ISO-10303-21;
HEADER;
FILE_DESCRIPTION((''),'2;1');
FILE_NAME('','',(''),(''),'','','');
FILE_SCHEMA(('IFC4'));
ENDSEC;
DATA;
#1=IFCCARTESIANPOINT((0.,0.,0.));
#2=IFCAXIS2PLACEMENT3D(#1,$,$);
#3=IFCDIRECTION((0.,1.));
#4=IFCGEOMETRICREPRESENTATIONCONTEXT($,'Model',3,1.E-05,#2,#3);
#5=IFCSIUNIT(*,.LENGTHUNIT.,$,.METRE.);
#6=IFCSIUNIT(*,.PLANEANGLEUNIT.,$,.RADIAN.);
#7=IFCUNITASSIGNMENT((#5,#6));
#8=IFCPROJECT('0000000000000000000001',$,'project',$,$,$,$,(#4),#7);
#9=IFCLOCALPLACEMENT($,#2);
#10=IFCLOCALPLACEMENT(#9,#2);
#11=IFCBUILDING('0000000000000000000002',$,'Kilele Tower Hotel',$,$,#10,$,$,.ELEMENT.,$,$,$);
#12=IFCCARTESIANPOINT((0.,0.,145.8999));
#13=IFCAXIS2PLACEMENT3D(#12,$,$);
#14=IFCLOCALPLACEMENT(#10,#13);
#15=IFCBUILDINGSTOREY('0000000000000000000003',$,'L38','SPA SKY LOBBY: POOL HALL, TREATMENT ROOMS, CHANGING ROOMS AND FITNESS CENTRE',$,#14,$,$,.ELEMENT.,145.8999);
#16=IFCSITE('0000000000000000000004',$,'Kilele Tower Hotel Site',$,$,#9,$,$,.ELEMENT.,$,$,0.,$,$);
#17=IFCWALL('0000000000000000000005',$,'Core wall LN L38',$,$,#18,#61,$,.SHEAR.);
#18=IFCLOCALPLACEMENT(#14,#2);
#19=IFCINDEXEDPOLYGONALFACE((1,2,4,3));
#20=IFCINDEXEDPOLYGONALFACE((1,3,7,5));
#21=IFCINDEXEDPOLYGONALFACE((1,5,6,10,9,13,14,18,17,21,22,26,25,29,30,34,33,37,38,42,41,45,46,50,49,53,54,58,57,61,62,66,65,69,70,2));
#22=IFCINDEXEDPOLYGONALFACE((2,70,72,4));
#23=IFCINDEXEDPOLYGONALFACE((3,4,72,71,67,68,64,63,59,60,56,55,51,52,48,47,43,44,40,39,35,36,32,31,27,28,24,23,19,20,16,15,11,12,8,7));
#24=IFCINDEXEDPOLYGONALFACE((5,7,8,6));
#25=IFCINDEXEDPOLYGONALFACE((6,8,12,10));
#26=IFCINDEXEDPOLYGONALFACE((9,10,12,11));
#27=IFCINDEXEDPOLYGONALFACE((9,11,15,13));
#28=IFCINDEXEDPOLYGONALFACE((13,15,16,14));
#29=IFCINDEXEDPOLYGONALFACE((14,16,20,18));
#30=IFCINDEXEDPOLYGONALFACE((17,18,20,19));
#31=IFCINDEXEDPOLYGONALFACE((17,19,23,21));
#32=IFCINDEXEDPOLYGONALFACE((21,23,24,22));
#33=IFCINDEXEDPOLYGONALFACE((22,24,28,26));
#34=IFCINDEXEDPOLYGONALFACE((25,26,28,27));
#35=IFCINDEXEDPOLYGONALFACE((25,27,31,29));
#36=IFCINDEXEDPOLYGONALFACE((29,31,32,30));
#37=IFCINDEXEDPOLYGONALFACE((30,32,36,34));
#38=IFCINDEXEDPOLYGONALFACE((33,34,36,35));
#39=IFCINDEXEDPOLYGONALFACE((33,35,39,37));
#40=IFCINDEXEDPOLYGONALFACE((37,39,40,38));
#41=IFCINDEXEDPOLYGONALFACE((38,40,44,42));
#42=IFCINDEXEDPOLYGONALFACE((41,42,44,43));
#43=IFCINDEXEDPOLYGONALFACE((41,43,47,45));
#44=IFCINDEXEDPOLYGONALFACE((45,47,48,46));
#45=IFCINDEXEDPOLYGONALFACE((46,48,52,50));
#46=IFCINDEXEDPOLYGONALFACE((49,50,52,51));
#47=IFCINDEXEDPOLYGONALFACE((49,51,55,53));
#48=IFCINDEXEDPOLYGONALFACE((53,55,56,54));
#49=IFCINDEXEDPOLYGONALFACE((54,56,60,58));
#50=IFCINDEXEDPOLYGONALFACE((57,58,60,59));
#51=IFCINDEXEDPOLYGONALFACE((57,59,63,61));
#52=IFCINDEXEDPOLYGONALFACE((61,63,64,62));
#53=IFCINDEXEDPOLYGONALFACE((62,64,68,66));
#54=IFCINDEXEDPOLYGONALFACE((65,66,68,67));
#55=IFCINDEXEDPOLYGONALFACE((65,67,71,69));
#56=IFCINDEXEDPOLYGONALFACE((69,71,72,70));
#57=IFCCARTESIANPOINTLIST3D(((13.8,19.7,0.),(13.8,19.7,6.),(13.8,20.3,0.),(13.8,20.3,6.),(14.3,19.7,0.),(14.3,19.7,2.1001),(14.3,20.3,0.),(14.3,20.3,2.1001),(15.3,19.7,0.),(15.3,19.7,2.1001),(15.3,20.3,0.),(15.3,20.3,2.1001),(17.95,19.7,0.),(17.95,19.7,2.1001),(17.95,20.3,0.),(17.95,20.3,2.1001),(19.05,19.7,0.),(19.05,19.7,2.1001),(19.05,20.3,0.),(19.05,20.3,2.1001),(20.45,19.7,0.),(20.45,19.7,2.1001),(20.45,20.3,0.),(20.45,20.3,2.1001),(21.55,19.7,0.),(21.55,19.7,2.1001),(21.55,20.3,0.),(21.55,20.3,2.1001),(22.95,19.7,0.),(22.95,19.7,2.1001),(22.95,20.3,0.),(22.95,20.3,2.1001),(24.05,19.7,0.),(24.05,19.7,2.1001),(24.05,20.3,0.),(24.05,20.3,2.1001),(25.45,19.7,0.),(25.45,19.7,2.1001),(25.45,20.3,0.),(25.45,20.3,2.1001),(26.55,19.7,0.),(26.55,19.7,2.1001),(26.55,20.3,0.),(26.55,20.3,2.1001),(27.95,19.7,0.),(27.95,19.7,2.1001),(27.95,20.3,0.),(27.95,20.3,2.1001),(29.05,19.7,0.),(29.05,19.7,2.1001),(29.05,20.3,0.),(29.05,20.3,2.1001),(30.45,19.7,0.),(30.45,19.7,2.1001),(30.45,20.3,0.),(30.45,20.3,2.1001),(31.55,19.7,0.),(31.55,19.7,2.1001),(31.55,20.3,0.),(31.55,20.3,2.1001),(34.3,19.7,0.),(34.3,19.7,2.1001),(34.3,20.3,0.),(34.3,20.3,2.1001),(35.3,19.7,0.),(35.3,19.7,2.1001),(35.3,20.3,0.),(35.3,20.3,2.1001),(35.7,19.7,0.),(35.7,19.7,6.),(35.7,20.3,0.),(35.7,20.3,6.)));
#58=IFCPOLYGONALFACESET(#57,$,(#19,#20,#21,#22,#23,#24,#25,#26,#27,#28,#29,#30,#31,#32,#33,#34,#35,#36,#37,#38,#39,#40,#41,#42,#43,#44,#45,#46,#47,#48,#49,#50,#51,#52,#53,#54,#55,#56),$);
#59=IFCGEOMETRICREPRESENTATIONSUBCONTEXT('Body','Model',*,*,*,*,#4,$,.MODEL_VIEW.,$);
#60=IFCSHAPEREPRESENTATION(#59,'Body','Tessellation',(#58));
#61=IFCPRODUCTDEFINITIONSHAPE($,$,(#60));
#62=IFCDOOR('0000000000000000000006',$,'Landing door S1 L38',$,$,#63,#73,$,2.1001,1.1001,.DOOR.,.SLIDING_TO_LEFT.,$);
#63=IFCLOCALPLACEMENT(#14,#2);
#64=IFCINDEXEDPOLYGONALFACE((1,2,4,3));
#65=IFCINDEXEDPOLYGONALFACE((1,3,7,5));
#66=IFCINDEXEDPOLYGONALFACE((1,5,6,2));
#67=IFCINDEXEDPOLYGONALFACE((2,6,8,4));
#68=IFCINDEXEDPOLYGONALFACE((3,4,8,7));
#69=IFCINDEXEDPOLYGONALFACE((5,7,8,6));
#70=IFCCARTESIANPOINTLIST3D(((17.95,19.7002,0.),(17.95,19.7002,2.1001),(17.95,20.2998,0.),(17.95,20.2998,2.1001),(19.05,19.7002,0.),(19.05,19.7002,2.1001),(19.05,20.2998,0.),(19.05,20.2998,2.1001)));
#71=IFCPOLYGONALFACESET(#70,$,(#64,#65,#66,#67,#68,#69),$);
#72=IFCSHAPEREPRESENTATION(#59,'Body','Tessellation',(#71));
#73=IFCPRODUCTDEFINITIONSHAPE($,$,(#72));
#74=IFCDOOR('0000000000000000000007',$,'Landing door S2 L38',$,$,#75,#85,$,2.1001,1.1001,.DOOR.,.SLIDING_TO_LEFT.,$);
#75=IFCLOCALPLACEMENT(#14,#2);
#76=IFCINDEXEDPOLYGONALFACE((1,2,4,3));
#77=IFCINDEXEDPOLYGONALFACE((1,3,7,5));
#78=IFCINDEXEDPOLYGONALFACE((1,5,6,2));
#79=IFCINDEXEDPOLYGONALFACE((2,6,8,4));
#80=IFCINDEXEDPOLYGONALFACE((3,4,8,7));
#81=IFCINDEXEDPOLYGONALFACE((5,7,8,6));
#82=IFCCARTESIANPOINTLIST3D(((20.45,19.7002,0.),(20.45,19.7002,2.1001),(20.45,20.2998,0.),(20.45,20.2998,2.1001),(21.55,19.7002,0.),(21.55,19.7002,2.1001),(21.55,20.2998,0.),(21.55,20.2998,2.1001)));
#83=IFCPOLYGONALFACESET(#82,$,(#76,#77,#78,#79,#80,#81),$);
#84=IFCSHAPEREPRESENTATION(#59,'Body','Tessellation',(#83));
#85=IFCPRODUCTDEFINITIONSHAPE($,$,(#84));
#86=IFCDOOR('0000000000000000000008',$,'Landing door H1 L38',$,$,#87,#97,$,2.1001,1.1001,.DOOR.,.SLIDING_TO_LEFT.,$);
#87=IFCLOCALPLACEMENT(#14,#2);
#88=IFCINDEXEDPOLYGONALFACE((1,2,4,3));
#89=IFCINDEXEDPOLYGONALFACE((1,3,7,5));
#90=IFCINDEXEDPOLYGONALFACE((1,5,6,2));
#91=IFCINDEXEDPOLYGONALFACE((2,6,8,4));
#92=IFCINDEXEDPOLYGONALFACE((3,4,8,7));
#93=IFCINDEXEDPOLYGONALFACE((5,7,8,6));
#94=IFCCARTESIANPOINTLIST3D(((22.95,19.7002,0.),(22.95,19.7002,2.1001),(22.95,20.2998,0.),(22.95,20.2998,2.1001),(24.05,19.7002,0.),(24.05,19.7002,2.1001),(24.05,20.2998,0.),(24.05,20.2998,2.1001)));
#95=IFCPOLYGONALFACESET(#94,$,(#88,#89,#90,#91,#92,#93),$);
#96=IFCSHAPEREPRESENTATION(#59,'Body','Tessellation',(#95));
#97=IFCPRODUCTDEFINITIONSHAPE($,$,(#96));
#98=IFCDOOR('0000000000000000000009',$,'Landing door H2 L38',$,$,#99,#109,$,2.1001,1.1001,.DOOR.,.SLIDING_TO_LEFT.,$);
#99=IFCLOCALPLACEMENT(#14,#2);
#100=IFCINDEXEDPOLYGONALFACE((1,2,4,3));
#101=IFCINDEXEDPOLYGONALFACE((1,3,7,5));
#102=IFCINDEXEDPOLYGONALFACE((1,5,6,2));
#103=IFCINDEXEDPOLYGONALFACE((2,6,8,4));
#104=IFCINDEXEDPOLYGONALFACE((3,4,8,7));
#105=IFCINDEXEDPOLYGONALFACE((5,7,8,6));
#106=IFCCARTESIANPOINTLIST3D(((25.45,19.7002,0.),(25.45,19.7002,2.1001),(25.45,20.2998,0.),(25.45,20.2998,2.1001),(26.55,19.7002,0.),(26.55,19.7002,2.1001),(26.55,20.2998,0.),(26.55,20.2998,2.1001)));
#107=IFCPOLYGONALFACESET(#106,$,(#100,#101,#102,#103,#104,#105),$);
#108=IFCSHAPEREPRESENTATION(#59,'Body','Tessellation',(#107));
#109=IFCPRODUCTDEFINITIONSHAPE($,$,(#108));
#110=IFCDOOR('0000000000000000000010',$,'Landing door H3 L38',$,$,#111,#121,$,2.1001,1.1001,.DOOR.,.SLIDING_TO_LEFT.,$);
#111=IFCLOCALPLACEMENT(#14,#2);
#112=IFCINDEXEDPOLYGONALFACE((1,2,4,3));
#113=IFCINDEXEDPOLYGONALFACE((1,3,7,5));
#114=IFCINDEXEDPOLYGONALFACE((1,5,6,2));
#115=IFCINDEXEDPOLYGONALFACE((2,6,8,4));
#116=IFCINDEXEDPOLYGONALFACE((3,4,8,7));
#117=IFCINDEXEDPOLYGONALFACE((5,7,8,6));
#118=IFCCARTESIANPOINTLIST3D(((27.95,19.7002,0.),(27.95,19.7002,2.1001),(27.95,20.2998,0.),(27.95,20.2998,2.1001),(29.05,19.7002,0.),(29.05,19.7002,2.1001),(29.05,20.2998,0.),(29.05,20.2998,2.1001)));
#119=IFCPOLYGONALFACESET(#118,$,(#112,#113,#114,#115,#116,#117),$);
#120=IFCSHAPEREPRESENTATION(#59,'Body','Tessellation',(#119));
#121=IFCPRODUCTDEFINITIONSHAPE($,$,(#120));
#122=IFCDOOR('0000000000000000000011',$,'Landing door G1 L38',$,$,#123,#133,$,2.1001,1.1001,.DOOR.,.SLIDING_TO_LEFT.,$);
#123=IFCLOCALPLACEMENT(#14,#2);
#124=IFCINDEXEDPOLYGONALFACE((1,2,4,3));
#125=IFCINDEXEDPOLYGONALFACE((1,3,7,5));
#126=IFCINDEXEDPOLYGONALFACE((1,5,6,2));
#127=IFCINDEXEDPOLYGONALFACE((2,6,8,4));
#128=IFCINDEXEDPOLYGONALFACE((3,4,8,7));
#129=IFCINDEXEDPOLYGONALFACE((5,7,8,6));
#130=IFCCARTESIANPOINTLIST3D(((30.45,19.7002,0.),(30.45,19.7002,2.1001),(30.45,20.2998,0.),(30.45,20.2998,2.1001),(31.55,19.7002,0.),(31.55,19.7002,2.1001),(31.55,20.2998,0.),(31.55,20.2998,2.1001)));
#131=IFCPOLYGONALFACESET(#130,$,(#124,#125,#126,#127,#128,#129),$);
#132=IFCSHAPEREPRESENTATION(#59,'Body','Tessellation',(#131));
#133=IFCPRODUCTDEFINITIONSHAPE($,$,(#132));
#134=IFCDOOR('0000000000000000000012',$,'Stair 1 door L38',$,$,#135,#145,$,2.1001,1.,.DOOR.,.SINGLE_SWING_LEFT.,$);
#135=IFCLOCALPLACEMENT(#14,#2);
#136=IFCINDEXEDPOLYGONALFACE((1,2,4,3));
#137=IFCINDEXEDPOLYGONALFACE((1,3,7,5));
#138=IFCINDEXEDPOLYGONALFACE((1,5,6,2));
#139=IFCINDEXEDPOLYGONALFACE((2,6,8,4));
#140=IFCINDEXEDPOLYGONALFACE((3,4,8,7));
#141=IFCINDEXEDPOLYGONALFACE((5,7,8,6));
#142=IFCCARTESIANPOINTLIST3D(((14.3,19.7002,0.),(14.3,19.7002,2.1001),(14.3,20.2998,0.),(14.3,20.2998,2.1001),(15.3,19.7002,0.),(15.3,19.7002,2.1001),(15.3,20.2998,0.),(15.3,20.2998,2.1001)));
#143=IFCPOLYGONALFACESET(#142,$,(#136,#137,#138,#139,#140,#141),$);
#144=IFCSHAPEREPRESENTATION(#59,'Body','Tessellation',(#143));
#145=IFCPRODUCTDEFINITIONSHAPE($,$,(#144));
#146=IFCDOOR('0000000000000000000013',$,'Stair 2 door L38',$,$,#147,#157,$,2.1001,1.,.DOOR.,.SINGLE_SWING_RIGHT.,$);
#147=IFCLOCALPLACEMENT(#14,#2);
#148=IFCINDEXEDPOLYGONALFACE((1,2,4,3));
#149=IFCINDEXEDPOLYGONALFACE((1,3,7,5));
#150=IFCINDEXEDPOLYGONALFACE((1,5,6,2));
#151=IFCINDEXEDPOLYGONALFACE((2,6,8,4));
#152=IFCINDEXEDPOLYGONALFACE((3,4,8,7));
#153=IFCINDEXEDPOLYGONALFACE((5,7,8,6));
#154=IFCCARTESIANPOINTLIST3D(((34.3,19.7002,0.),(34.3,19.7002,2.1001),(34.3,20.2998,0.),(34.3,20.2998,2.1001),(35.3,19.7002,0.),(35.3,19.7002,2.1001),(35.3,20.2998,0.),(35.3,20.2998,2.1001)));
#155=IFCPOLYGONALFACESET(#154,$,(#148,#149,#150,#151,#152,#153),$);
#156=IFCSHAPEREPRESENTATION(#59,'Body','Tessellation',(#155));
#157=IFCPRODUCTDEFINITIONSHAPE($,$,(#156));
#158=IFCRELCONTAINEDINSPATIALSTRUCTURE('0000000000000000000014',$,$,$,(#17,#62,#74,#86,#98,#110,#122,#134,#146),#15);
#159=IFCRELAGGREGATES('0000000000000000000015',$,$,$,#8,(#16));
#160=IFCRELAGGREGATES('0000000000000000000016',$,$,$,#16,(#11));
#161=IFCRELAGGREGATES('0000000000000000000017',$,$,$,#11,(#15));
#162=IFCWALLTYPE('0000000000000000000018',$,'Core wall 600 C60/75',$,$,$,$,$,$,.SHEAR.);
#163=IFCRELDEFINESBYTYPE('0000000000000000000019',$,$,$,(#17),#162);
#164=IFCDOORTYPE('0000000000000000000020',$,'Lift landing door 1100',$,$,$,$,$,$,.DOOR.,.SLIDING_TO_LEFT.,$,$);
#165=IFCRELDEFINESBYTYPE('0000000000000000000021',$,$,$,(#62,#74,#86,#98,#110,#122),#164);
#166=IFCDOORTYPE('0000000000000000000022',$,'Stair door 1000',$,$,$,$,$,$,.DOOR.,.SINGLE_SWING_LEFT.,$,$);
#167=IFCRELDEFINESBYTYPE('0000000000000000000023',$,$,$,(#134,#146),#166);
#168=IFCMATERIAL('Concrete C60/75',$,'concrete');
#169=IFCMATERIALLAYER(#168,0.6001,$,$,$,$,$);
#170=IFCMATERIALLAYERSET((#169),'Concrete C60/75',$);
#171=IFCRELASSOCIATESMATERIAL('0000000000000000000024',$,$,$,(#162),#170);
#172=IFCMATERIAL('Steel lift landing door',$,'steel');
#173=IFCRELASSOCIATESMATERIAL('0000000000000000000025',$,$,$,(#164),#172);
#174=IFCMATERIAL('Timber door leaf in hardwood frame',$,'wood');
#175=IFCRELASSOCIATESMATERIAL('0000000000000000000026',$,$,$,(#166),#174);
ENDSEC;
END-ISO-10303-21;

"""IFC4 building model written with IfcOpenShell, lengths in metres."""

from ifc_helpers import new_model, si_unit, direction, frame, frame_2d, origin, place, context, subcontext, project, spatial, rectangle, extrude, material, layer, layer_set, type_object, element, fill, save


model = new_model("IFC4")

# Units and contexts
model_context = context("Model", 3, precision=1e-05, world=origin(), true_north=direction((0.0, 1.0)))
body_context = subcontext(model_context, "Body", "Model", "MODEL_VIEW")
ifc_project = project(units=[si_unit("LENGTHUNIT", "METRE"), si_unit("PLANEANGLEUNIT", "RADIAN")], contexts=[model_context])

# Site, building, storey
site_placement = place(None, origin())
site = spatial("IfcSite", under=ifc_project, at=site_placement, Name="Kilele Tower Hotel Site", CompositionType="ELEMENT", RefElevation=0.0)
building_placement = place(site_placement, origin())
building = spatial("IfcBuilding", under=site, at=building_placement, Name="Kilele Tower Hotel", CompositionType="ELEMENT")
storey_placement = place(building_placement, frame((0.0, 0.0, 145.8999)))
storey = spatial("IfcBuildingStorey", under=building, at=storey_placement, Name="L38", Description="SPA SKY LOBBY: POOL HALL, TREATMENT ROOMS, CHANGING ROOMS AND FITNESS CENTRE", CompositionType="ELEMENT", Elevation=145.8999)

# Wall, openings, doors
ifc_material_1 = material(Name="Concrete C60/75", Category="concrete")
ifc_layer_1 = layer(ifc_material_1, 0.6001)
ifc_layer_set_1 = layer_set([ifc_layer_1], Name="Concrete C60/75")
wall_type_1 = type_object("IfcWallType", Name="Core wall 600 C60/75", PredefinedType="SHEAR", material=ifc_layer_set_1)
wall_1_placement = place(storey_placement, frame((13.8, 20.0, 0.0), z_axis=(0.0, 0.0, 1.0), x_axis=(1.0, 0.0, 0.0)))
wall_1 = element("IfcWall", 1, at=wall_1_placement, inside=storey, type_object=wall_type_1, Name="Core wall LN L38", PredefinedType="SHEAR", context=body_context, shape_type="SweptSolid", body=[
    extrude(rectangle(XDim=21.8999, YDim=0.6001, at=frame_2d((10.95, 0.0))), origin(), (0.0, 0.0, 1.0), 6.0),
])
opening_1_placement = place(wall_1_placement, frame((0.5, 0.0, 0.0)))
opening_1 = element("IfcOpeningElement", 2, at=opening_1_placement, cuts=wall_1, PredefinedType="OPENING", context=body_context, shape_type="SweptSolid", body=[
    extrude(rectangle(XDim=1.0, YDim=2.1001, at=frame_2d((0.5, 1.05))), frame((0.0, 0.3101, 0.0), z_axis=(0.0, -1.0, 0.0), x_axis=(1.0, 0.0, 0.0)), (0.0, 0.0, 1.0), 0.6201),
])
opening_2_placement = place(wall_1_placement, frame((20.5, 0.0, 0.0)))
opening_2 = element("IfcOpeningElement", 3, at=opening_2_placement, cuts=wall_1, PredefinedType="OPENING", context=body_context, shape_type="SweptSolid", body=[
    extrude(rectangle(XDim=1.0, YDim=2.1001, at=frame_2d((0.5, 1.05))), frame((0.0, 0.3101, 0.0), z_axis=(0.0, -1.0, 0.0), x_axis=(1.0, 0.0, 0.0)), (0.0, 0.0, 1.0), 0.6201),
])
opening_3_placement = place(wall_1_placement, frame((4.1499, 0.0, 0.0)))
opening_3 = element("IfcOpeningElement", 4, at=opening_3_placement, cuts=wall_1, PredefinedType="OPENING", context=body_context, shape_type="SweptSolid", body=[
    extrude(rectangle(XDim=1.1001, YDim=2.1001, at=frame_2d((0.55, 1.05))), frame((0.0, 0.3101, 0.0), z_axis=(0.0, -1.0, 0.0), x_axis=(1.0, 0.0, 0.0)), (0.0, 0.0, 1.0), 0.6201),
])
opening_4_placement = place(wall_1_placement, frame((6.6499, 0.0, 0.0)))
opening_4 = element("IfcOpeningElement", 5, at=opening_4_placement, cuts=wall_1, PredefinedType="OPENING", context=body_context, shape_type="SweptSolid", body=[
    extrude(rectangle(XDim=1.1001, YDim=2.1001, at=frame_2d((0.55, 1.05))), frame((0.0, 0.3101, 0.0), z_axis=(0.0, -1.0, 0.0), x_axis=(1.0, 0.0, 0.0)), (0.0, 0.0, 1.0), 0.6201),
])
opening_5_placement = place(wall_1_placement, frame((9.1499, 0.0, 0.0)))
opening_5 = element("IfcOpeningElement", 6, at=opening_5_placement, cuts=wall_1, PredefinedType="OPENING", context=body_context, shape_type="SweptSolid", body=[
    extrude(rectangle(XDim=1.1001, YDim=2.1001, at=frame_2d((0.55, 1.05))), frame((0.0, 0.3101, 0.0), z_axis=(0.0, -1.0, 0.0), x_axis=(1.0, 0.0, 0.0)), (0.0, 0.0, 1.0), 0.6201),
])
opening_6_placement = place(wall_1_placement, frame((11.6499, 0.0, 0.0)))
opening_6 = element("IfcOpeningElement", 7, at=opening_6_placement, cuts=wall_1, PredefinedType="OPENING", context=body_context, shape_type="SweptSolid", body=[
    extrude(rectangle(XDim=1.1001, YDim=2.1001, at=frame_2d((0.55, 1.05))), frame((0.0, 0.3101, 0.0), z_axis=(0.0, -1.0, 0.0), x_axis=(1.0, 0.0, 0.0)), (0.0, 0.0, 1.0), 0.6201),
])
opening_7_placement = place(wall_1_placement, frame((14.1499, 0.0, 0.0)))
opening_7 = element("IfcOpeningElement", 8, at=opening_7_placement, cuts=wall_1, PredefinedType="OPENING", context=body_context, shape_type="SweptSolid", body=[
    extrude(rectangle(XDim=1.1001, YDim=2.1001, at=frame_2d((0.55, 1.05))), frame((0.0, 0.3101, 0.0), z_axis=(0.0, -1.0, 0.0), x_axis=(1.0, 0.0, 0.0)), (0.0, 0.0, 1.0), 0.6201),
])
opening_8_placement = place(wall_1_placement, frame((16.6499, 0.0, 0.0)))
opening_8 = element("IfcOpeningElement", 9, at=opening_8_placement, cuts=wall_1, PredefinedType="OPENING", context=body_context, shape_type="SweptSolid", body=[
    extrude(rectangle(XDim=1.1001, YDim=2.1001, at=frame_2d((0.55, 1.05))), frame((0.0, 0.3101, 0.0), z_axis=(0.0, -1.0, 0.0), x_axis=(1.0, 0.0, 0.0)), (0.0, 0.0, 1.0), 0.6201),
])
ifc_material_2 = material(Name="Steel lift landing door", Category="steel")
door_type_1 = type_object("IfcDoorType", Name="Lift landing door 1100", OperationType="SLIDING_TO_LEFT", PredefinedType="DOOR", material=ifc_material_2)
door_1_placement = place(opening_3_placement, origin())
door_1 = element("IfcDoor", 10, at=door_1_placement, inside=storey, type_object=door_type_1, Name="Landing door S1 L38", OperationType="SLIDING_TO_LEFT", OverallHeight=2.1001, OverallWidth=1.1001, PredefinedType="DOOR", context=body_context, shape_type="SweptSolid", body=[
    extrude(rectangle(XDim=1.1001, YDim=2.1001, at=frame_2d((0.55, 1.05))), frame((0.0, 0.2998, 0.0), z_axis=(0.0, -1.0, 0.0), x_axis=(1.0, 0.0, 0.0)), (0.0, 0.0, 1.0), 0.5996),
])
fill(opening_3, door_1)
door_2_placement = place(opening_4_placement, origin())
door_2 = element("IfcDoor", 11, at=door_2_placement, inside=storey, type_object=door_type_1, Name="Landing door S2 L38", OperationType="SLIDING_TO_LEFT", OverallHeight=2.1001, OverallWidth=1.1001, PredefinedType="DOOR", context=body_context, shape_type="SweptSolid", body=[
    extrude(rectangle(XDim=1.1001, YDim=2.1001, at=frame_2d((0.55, 1.05))), frame((0.0, 0.2998, 0.0), z_axis=(0.0, -1.0, 0.0), x_axis=(1.0, 0.0, 0.0)), (0.0, 0.0, 1.0), 0.5996),
])
fill(opening_4, door_2)
door_3_placement = place(opening_5_placement, origin())
door_3 = element("IfcDoor", 12, at=door_3_placement, inside=storey, type_object=door_type_1, Name="Landing door H1 L38", OperationType="SLIDING_TO_LEFT", OverallHeight=2.1001, OverallWidth=1.1001, PredefinedType="DOOR", context=body_context, shape_type="SweptSolid", body=[
    extrude(rectangle(XDim=1.1001, YDim=2.1001, at=frame_2d((0.55, 1.05))), frame((0.0, 0.2998, 0.0), z_axis=(0.0, -1.0, 0.0), x_axis=(1.0, 0.0, 0.0)), (0.0, 0.0, 1.0), 0.5996),
])
fill(opening_5, door_3)
door_4_placement = place(opening_6_placement, origin())
door_4 = element("IfcDoor", 13, at=door_4_placement, inside=storey, type_object=door_type_1, Name="Landing door H2 L38", OperationType="SLIDING_TO_LEFT", OverallHeight=2.1001, OverallWidth=1.1001, PredefinedType="DOOR", context=body_context, shape_type="SweptSolid", body=[
    extrude(rectangle(XDim=1.1001, YDim=2.1001, at=frame_2d((0.55, 1.05))), frame((0.0, 0.2998, 0.0), z_axis=(0.0, -1.0, 0.0), x_axis=(1.0, 0.0, 0.0)), (0.0, 0.0, 1.0), 0.5996),
])
fill(opening_6, door_4)
door_5_placement = place(opening_7_placement, origin())
door_5 = element("IfcDoor", 14, at=door_5_placement, inside=storey, type_object=door_type_1, Name="Landing door H3 L38", OperationType="SLIDING_TO_LEFT", OverallHeight=2.1001, OverallWidth=1.1001, PredefinedType="DOOR", context=body_context, shape_type="SweptSolid", body=[
    extrude(rectangle(XDim=1.1001, YDim=2.1001, at=frame_2d((0.55, 1.05))), frame((0.0, 0.2998, 0.0), z_axis=(0.0, -1.0, 0.0), x_axis=(1.0, 0.0, 0.0)), (0.0, 0.0, 1.0), 0.5996),
])
fill(opening_7, door_5)
door_6_placement = place(opening_8_placement, origin())
door_6 = element("IfcDoor", 15, at=door_6_placement, inside=storey, type_object=door_type_1, Name="Landing door G1 L38", OperationType="SLIDING_TO_LEFT", OverallHeight=2.1001, OverallWidth=1.1001, PredefinedType="DOOR", context=body_context, shape_type="SweptSolid", body=[
    extrude(rectangle(XDim=1.1001, YDim=2.1001, at=frame_2d((0.55, 1.05))), frame((0.0, 0.2998, 0.0), z_axis=(0.0, -1.0, 0.0), x_axis=(1.0, 0.0, 0.0)), (0.0, 0.0, 1.0), 0.5996),
])
fill(opening_8, door_6)
ifc_material_3 = material(Name="Timber door leaf in hardwood frame", Category="wood")
door_type_2 = type_object("IfcDoorType", Name="Stair door 1000", OperationType="SINGLE_SWING_LEFT", PredefinedType="DOOR", material=ifc_material_3)
door_7_placement = place(opening_1_placement, origin())
door_7 = element("IfcDoor", 16, at=door_7_placement, inside=storey, type_object=door_type_2, Name="Stair 1 door L38", OperationType="SINGLE_SWING_LEFT", OverallHeight=2.1001, OverallWidth=1.0, PredefinedType="DOOR", context=body_context, shape_type="SweptSolid", body=[
    extrude(rectangle(XDim=1.0, YDim=2.1001, at=frame_2d((0.5, 1.05))), frame((0.0, 0.2998, 0.0), z_axis=(0.0, -1.0, 0.0), x_axis=(1.0, 0.0, 0.0)), (0.0, 0.0, 1.0), 0.5996),
])
fill(opening_1, door_7)
door_8_placement = place(opening_2_placement, origin())
door_8 = element("IfcDoor", 17, at=door_8_placement, inside=storey, type_object=door_type_2, Name="Stair 2 door L38", OperationType="SINGLE_SWING_RIGHT", OverallHeight=2.1001, OverallWidth=1.0, PredefinedType="DOOR", context=body_context, shape_type="SweptSolid", body=[
    extrude(rectangle(XDim=1.0, YDim=2.1001, at=frame_2d((0.5, 1.05))), frame((0.0, 0.2998, 0.0), z_axis=(0.0, -1.0, 0.0), x_axis=(1.0, 0.0, 0.0)), (0.0, 0.0, 1.0), 0.5996),
])
fill(opening_2, door_8)

save(model, "model.ifc")
